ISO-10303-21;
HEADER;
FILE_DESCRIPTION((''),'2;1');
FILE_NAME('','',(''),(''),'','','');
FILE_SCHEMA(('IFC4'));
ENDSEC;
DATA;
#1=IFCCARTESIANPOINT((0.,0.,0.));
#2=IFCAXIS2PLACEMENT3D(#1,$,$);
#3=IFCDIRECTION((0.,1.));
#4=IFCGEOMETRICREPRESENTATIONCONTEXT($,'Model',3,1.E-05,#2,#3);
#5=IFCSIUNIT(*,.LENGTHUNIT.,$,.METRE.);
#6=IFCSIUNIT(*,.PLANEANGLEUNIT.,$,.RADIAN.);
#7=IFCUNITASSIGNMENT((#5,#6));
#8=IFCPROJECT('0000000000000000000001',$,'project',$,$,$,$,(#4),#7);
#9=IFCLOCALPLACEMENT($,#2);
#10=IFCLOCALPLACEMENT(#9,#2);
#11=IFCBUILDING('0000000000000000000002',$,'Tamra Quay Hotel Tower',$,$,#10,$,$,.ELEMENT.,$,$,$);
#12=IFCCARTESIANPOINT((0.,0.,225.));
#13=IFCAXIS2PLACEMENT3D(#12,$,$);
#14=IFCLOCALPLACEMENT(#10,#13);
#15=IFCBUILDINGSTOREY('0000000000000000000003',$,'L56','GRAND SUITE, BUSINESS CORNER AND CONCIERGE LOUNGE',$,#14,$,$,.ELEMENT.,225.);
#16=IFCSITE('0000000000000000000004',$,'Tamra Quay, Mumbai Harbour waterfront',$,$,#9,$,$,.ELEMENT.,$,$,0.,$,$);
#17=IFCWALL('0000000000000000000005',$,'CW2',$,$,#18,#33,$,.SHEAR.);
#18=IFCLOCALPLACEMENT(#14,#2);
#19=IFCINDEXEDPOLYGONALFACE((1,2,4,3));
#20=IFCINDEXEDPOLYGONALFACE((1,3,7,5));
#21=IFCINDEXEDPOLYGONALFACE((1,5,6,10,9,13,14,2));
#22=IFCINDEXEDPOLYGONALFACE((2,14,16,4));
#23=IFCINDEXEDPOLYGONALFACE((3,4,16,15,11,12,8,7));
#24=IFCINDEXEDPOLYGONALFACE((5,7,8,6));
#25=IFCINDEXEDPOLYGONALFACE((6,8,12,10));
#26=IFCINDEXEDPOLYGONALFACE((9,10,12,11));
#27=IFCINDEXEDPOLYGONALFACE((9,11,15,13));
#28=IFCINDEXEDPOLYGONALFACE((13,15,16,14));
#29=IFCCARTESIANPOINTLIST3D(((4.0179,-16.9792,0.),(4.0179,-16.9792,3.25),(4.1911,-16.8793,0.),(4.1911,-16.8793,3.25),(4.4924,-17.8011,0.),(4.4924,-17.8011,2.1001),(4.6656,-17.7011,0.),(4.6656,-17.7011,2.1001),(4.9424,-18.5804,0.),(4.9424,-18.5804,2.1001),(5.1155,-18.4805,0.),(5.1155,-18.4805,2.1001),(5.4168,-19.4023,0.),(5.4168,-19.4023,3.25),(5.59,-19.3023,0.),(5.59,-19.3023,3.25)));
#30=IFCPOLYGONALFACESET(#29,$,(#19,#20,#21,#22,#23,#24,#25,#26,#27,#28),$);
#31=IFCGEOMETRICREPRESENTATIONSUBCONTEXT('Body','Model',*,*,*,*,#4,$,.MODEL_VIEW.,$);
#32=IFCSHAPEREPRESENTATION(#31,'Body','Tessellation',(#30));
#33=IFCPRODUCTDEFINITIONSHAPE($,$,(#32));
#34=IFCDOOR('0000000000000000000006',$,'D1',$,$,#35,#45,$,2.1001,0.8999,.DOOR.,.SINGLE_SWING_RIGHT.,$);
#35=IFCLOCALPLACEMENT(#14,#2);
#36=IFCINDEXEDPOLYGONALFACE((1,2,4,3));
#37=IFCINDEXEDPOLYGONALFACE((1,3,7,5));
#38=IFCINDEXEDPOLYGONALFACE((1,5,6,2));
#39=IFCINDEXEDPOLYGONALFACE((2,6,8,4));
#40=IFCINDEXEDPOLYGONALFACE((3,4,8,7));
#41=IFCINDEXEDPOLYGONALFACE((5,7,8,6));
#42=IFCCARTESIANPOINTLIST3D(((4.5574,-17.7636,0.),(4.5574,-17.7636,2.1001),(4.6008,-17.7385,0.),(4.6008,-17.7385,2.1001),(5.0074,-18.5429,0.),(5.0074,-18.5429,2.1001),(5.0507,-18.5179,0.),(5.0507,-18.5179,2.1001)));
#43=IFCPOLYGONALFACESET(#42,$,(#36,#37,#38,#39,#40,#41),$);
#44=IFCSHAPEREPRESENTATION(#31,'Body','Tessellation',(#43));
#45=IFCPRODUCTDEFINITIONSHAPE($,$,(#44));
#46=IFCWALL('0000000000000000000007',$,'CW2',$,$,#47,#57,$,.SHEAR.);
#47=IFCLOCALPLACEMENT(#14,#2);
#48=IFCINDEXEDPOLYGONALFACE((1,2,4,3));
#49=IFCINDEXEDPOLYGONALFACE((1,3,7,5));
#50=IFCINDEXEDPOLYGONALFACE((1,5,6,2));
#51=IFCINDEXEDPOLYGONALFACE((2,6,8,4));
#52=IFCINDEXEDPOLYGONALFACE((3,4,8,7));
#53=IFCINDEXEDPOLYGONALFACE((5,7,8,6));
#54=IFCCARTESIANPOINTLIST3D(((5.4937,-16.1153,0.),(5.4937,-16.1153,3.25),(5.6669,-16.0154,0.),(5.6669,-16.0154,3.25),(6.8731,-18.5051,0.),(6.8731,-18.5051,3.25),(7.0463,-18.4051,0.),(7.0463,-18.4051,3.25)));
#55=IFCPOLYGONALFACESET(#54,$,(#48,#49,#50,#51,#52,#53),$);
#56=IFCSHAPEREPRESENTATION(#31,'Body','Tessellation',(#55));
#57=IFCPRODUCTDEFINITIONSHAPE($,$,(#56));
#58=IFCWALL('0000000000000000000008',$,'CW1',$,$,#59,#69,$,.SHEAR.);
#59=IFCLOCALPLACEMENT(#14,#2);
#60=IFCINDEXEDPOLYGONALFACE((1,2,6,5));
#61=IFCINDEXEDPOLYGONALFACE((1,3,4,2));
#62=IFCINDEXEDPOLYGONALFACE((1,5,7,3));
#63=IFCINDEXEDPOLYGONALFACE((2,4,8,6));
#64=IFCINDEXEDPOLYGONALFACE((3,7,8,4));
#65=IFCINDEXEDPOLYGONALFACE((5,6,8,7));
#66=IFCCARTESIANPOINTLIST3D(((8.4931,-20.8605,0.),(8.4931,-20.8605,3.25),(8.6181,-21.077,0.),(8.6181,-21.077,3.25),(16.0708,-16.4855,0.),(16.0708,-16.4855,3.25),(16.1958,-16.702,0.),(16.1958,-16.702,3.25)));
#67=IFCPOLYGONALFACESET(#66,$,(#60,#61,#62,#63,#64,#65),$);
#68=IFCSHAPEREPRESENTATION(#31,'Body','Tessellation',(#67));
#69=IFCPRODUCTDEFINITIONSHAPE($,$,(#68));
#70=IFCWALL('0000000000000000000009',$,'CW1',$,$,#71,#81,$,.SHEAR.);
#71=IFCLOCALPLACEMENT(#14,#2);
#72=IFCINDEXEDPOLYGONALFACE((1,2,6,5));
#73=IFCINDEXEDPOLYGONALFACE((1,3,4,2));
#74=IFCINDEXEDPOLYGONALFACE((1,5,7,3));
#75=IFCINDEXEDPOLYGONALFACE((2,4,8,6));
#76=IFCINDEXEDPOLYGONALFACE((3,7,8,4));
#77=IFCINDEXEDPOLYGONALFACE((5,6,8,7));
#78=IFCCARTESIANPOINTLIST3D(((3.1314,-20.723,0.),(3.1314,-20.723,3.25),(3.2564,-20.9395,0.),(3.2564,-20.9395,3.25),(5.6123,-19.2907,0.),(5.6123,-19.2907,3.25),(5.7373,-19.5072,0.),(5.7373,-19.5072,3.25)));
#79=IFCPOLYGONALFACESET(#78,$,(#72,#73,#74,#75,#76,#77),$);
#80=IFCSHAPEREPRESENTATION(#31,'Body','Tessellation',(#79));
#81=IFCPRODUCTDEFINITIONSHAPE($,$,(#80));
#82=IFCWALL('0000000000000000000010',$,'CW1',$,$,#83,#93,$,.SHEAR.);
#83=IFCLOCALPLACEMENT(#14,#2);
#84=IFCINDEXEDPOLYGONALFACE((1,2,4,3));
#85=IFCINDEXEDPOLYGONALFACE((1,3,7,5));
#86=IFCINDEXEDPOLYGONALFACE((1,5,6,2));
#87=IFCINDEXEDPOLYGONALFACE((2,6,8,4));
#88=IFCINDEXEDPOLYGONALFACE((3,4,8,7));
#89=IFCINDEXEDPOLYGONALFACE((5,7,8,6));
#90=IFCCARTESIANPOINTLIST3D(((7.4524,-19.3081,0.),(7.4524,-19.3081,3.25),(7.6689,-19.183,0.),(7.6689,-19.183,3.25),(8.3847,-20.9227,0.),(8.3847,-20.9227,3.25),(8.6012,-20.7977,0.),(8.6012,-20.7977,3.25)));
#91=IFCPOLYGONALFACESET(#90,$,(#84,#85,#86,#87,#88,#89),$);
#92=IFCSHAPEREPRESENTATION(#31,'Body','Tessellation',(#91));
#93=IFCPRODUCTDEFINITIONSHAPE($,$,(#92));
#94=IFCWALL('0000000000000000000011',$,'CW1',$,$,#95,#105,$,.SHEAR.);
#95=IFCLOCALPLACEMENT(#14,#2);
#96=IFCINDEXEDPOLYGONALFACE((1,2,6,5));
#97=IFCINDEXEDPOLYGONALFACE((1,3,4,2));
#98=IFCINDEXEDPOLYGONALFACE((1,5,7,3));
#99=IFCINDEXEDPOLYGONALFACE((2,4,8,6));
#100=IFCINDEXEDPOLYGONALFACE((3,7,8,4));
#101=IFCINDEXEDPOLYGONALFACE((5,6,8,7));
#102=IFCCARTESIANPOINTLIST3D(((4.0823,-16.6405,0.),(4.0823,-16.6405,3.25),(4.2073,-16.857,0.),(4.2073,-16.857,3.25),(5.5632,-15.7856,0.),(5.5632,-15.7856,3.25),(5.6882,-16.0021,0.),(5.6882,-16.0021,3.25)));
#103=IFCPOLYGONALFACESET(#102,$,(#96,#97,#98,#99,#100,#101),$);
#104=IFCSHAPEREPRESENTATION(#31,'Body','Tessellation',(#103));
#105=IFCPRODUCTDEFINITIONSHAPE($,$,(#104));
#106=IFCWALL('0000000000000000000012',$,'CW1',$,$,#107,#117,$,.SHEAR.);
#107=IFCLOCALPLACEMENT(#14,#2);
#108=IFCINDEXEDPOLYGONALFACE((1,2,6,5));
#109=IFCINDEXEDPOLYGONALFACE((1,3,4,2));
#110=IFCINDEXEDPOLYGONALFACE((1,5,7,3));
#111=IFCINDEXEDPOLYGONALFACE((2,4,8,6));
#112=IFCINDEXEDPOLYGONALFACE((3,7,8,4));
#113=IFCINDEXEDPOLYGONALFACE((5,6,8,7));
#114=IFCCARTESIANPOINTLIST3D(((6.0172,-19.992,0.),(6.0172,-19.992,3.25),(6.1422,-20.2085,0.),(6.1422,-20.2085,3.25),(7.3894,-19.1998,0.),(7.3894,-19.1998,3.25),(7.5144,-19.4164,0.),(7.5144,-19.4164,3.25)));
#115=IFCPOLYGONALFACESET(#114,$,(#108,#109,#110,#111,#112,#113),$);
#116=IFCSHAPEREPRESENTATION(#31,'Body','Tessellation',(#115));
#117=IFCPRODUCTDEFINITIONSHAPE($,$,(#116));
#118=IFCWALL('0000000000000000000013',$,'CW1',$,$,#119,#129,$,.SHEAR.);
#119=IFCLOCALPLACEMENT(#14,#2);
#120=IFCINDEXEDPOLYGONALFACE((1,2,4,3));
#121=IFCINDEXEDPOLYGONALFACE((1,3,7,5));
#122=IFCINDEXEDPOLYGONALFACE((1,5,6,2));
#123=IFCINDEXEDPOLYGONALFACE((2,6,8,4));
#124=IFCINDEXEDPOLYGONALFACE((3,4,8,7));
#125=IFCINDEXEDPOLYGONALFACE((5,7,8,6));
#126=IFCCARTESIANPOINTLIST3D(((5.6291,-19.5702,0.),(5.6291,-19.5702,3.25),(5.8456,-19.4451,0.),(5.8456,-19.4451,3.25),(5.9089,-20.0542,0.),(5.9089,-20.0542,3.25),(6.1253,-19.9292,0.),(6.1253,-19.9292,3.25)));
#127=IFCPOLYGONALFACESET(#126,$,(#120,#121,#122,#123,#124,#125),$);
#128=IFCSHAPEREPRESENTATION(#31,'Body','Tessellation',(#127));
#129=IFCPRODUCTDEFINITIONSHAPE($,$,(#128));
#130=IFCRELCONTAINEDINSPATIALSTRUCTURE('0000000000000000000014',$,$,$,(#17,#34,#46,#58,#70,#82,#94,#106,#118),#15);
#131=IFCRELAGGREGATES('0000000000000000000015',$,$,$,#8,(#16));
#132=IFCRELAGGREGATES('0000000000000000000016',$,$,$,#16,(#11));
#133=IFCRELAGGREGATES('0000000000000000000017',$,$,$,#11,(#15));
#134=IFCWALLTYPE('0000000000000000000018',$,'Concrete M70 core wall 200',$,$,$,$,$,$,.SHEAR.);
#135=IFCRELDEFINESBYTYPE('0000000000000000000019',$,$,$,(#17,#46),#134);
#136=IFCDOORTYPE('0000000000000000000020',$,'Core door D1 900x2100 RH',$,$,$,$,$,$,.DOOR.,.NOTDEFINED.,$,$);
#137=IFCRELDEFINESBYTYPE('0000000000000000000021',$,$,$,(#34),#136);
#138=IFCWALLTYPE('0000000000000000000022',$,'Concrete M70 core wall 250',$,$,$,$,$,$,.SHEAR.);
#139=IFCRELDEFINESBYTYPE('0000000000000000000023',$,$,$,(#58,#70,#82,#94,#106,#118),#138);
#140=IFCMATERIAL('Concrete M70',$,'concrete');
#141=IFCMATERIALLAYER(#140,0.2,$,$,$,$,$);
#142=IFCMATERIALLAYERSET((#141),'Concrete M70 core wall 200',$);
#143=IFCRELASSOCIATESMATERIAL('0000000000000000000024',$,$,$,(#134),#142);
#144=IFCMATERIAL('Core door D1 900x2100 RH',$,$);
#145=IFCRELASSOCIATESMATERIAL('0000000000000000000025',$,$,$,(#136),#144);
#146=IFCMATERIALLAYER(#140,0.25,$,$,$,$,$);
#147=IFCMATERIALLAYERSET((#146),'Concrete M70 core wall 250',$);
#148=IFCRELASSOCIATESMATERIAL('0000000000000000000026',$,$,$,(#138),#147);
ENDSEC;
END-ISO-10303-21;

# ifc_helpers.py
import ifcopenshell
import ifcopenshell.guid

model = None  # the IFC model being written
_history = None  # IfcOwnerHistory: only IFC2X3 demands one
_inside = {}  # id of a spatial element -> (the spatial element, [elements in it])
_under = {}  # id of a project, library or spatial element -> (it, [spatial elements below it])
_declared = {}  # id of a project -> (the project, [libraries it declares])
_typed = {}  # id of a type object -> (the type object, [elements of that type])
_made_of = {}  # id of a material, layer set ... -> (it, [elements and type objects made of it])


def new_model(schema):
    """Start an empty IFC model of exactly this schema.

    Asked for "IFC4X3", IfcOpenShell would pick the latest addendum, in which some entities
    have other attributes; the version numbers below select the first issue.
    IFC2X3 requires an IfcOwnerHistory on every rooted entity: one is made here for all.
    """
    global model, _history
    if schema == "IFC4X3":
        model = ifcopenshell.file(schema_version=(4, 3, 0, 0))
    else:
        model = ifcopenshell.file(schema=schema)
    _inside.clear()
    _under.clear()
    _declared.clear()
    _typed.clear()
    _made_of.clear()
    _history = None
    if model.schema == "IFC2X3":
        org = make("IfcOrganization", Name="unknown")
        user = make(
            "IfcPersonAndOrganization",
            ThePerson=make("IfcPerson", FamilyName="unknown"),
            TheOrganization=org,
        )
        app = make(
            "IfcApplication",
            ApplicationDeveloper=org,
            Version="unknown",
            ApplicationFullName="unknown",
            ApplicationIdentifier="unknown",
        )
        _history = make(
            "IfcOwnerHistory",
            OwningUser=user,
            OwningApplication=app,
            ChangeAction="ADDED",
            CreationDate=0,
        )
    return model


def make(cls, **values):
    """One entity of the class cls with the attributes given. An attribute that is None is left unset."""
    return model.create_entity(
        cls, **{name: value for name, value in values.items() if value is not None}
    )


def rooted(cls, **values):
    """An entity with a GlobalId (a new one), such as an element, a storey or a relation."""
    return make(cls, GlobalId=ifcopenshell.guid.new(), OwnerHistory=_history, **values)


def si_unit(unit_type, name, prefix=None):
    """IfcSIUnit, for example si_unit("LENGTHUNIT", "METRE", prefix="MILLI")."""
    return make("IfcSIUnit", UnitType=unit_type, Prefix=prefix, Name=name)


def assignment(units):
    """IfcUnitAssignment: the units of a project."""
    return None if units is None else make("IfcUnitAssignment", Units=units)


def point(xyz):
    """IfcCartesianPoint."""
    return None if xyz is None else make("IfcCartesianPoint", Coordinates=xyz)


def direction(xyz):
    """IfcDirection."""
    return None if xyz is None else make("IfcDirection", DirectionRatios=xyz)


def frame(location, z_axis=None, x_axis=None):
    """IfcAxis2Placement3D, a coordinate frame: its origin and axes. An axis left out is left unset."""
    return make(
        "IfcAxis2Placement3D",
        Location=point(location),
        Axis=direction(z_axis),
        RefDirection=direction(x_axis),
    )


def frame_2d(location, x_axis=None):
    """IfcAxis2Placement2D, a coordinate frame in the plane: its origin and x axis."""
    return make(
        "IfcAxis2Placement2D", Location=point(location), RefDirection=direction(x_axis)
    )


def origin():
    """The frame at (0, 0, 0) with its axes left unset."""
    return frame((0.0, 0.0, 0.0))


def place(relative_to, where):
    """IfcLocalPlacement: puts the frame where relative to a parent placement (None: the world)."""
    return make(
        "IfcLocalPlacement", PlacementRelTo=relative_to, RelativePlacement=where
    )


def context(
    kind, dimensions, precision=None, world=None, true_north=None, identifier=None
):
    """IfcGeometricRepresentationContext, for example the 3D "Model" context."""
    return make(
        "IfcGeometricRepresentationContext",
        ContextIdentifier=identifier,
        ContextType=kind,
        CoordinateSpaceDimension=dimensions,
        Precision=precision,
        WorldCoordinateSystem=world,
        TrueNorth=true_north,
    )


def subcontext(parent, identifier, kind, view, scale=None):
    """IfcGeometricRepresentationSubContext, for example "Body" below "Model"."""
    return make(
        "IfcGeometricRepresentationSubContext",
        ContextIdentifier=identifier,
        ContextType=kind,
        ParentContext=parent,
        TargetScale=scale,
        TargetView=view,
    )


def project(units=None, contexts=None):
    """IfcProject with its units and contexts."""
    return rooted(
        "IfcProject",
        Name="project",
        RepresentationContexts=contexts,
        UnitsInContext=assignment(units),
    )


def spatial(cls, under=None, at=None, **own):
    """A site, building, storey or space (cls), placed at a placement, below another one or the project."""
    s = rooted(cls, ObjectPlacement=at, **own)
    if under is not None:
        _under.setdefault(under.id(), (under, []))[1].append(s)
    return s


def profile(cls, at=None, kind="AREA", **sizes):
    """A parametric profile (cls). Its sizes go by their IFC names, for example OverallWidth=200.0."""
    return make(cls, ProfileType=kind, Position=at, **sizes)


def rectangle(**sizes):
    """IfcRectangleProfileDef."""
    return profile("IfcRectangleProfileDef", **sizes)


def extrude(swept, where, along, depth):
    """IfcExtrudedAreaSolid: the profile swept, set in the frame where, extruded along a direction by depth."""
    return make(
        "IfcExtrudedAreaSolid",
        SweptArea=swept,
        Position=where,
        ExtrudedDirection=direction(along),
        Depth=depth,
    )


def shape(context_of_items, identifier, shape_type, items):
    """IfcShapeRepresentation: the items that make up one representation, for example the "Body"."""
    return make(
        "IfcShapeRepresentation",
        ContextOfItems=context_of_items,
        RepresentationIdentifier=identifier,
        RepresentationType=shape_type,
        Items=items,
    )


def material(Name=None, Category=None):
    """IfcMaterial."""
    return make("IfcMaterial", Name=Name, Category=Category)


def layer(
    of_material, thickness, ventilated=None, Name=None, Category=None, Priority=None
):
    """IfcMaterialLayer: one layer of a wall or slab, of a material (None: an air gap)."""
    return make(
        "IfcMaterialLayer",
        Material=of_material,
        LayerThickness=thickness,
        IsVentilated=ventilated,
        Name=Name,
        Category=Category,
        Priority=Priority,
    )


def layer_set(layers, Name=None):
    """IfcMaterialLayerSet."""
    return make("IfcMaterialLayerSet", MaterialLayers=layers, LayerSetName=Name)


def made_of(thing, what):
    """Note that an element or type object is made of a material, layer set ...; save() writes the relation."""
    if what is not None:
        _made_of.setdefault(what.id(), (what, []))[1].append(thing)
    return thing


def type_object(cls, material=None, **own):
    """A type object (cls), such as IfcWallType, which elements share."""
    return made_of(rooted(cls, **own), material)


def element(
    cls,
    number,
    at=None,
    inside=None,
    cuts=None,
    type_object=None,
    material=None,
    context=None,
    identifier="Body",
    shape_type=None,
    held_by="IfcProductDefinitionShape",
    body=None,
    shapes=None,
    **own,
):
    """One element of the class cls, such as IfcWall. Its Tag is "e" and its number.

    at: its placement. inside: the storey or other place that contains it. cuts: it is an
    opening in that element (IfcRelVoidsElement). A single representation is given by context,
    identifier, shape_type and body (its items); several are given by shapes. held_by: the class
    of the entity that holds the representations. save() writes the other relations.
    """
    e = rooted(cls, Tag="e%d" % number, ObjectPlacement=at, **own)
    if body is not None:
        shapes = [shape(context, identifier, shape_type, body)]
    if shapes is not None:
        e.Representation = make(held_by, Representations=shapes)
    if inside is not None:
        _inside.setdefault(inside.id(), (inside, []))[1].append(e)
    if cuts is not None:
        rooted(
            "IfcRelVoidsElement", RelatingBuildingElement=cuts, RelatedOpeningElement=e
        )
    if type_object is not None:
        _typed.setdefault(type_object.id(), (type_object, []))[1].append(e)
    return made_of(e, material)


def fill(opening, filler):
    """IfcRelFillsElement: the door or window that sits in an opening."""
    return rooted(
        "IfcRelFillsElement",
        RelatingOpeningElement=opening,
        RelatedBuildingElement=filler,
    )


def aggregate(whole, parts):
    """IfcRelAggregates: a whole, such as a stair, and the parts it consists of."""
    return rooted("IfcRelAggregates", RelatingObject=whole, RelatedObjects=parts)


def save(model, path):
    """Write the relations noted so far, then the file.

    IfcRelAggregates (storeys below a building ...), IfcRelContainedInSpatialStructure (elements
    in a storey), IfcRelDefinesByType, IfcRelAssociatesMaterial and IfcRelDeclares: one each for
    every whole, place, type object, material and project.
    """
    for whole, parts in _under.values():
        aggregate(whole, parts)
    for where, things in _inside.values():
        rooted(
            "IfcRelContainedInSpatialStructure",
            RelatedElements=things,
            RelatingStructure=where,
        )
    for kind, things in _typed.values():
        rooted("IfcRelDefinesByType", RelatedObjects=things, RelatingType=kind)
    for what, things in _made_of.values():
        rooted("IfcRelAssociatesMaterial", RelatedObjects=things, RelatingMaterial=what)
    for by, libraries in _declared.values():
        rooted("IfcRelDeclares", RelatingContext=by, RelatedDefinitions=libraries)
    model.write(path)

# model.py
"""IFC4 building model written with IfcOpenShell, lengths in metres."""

from ifc_helpers import new_model, si_unit, direction, frame, frame_2d, origin, place, context, subcontext, project, spatial, rectangle, extrude, material, layer, layer_set, type_object, element, fill, save


model = new_model("IFC4")

# Units and contexts
model_context = context("Model", 3, precision=1e-05, world=origin(), true_north=direction((0.0, 1.0)))
body_context = subcontext(model_context, "Body", "Model", "MODEL_VIEW")
ifc_project = project(units=[si_unit("LENGTHUNIT", "METRE"), si_unit("PLANEANGLEUNIT", "RADIAN")], contexts=[model_context])

# Site, building, storey
site_placement = place(None, origin())
site = spatial("IfcSite", under=ifc_project, at=site_placement, Name="Tamra Quay, Mumbai Harbour waterfront", CompositionType="ELEMENT", RefElevation=0.0)
building_placement = place(site_placement, origin())
building = spatial("IfcBuilding", under=site, at=building_placement, Name="Tamra Quay Hotel Tower", CompositionType="ELEMENT")
storey_placement = place(building_placement, frame((0.0, 0.0, 225.0)))
storey = spatial("IfcBuildingStorey", under=building, at=storey_placement, Name="L56", Description="GRAND SUITE, BUSINESS CORNER AND CONCIERGE LOUNGE", CompositionType="ELEMENT", Elevation=225.0)

# Shared definitions
ifc_material_1 = material(Name="Concrete M70", Category="concrete")

# Shared definitions
ifc_layer_1 = layer(ifc_material_1, 0.2)
ifc_layer_set_1 = layer_set([ifc_layer_1], Name="Concrete M70 core wall 200")
wall_type_1 = type_object("IfcWallType", Name="Concrete M70 core wall 200", PredefinedType="SHEAR", material=ifc_layer_set_1)

# Wall, opening, door
wall_1_placement = place(storey_placement, frame((5.5034, -19.3523, 0.0), z_axis=(0.0, 0.0, 1.0), x_axis=(-0.499987, 0.866033, 0.0)))
wall_1 = element("IfcWall", 1, at=wall_1_placement, inside=storey, type_object=wall_type_1, Name="CW2", PredefinedType="SHEAR", context=body_context, shape_type="SweptSolid", body=[
    extrude(rectangle(XDim=2.7979, YDim=0.2, at=frame_2d((1.3989, 0.0))), origin(), (0.0, 0.0, 1.0), 3.25),
])
opening_1_placement = place(wall_1_placement, frame((0.949, 0.0, 0.0)))
opening_1 = element("IfcOpeningElement", 2, at=opening_1_placement, cuts=wall_1, PredefinedType="OPENING", context=body_context, shape_type="SweptSolid", body=[
    extrude(rectangle(XDim=0.8999, YDim=2.1001, at=frame_2d((0.45, 1.05))), frame((0.0, 0.1099, 0.0), z_axis=(0.0, -1.0, 0.0), x_axis=(1.0, 0.0, 0.0)), (0.0, 0.0, 1.0), 0.22),
])
ifc_material_2 = material(Name="Core door D1 900x2100 RH")
door_type_1 = type_object("IfcDoorType", Name="Core door D1 900x2100 RH", OperationType="NOTDEFINED", PredefinedType="DOOR", material=ifc_material_2)
door_1_placement = place(opening_1_placement, origin())
door_1 = element("IfcDoor", 3, at=door_1_placement, inside=storey, type_object=door_type_1, Name="D1", OperationType="SINGLE_SWING_RIGHT", OverallHeight=2.1001, OverallWidth=0.8999, PredefinedType="DOOR", context=body_context, shape_type="SweptSolid", body=[
    extrude(rectangle(XDim=0.8999, YDim=2.1001, at=frame_2d((0.45, 1.05))), frame((0.0, 0.0249, 0.0), z_axis=(0.0, -1.0, 0.0), x_axis=(1.0, 0.0, 0.0)), (0.0, 0.0, 1.0), 0.05),
])
fill(opening_1, door_1)

# Walls
wall_2_placement = place(storey_placement, frame((6.9597, -18.4551, 0.0), z_axis=(0.0, 0.0, 1.0), x_axis=(-0.499927, 0.866068, 0.0)))
element("IfcWall", 4, at=wall_2_placement, inside=storey, type_object=wall_type_1, Name="CW2", PredefinedType="SHEAR", context=body_context, shape_type="SweptSolid", body=[
    extrude(rectangle(XDim=2.7593, YDim=0.2, at=frame_2d((1.3796, 0.0))), origin(), (0.0, 0.0, 1.0), 3.25),
])
ifc_layer_2 = layer(ifc_material_1, 0.25)
ifc_layer_set_2 = layer_set([ifc_layer_2], Name="Concrete M70 core wall 250")
wall_type_2 = type_object("IfcWallType", Name="Concrete M70 core wall 250", PredefinedType="SHEAR", material=ifc_layer_set_2)
wall_3_placement = place(storey_placement, frame((16.1333, -16.5938, 0.0), z_axis=(0.0, 0.0, 1.0), x_axis=(-0.866023, -0.500004, 0.0)))
element("IfcWall", 5, at=wall_3_placement, inside=storey, type_object=wall_type_2, Name="CW1", PredefinedType="SHEAR", context=body_context, shape_type="SweptSolid", body=[
    extrude(rectangle(XDim=8.75, YDim=0.25, at=frame_2d((4.375, 0.0))), origin(), (0.0, 0.0, 1.0), 3.25),
])
wall_4_placement = place(storey_placement, frame((5.6748, -19.3989, 0.0), z_axis=(0.0, 0.0, 1.0), x_axis=(-0.866027, -0.499998, 0.0)))
element("IfcWall", 6, at=wall_4_placement, inside=storey, type_object=wall_type_2, Name="CW1", PredefinedType="SHEAR", context=body_context, shape_type="SweptSolid", body=[
    extrude(rectangle(XDim=2.8647, YDim=0.25, at=frame_2d((1.4324, 0.0))), origin(), (0.0, 0.0, 1.0), 3.25),
])
wall_5_placement = place(storey_placement, frame((8.4929, -20.8601, 0.0), z_axis=(0.0, 0.0, 1.0), x_axis=(-0.50004, 0.866002, 0.0)))
element("IfcWall", 7, at=wall_5_placement, inside=storey, type_object=wall_type_2, Name="CW1", PredefinedType="SHEAR", context=body_context, shape_type="SweptSolid", body=[
    extrude(rectangle(XDim=1.8645, YDim=0.25, at=frame_2d((0.9321, 0.0))), origin(), (0.0, 0.0, 1.0), 3.25),
])
wall_6_placement = place(storey_placement, frame((4.1448, -16.7488, 0.0), z_axis=(0.0, 0.0, 1.0), x_axis=(0.866038, 0.499978, 0.0)))
element("IfcWall", 8, at=wall_6_placement, inside=storey, type_object=wall_type_2, Name="CW1", PredefinedType="SHEAR", context=body_context, shape_type="SweptSolid", body=[
    extrude(rectangle(XDim=1.71, YDim=0.25, at=frame_2d((0.855, 0.0))), origin(), (0.0, 0.0, 1.0), 3.25),
])
wall_7_placement = place(storey_placement, frame((7.4519, -19.3081, 0.0), z_axis=(0.0, 0.0, 1.0), x_axis=(-0.866044, -0.499967, 0.0)))
element("IfcWall", 9, at=wall_7_placement, inside=storey, type_object=wall_type_2, Name="CW1", PredefinedType="SHEAR", context=body_context, shape_type="SweptSolid", body=[
    extrude(rectangle(XDim=1.5845, YDim=0.25, at=frame_2d((0.7922, 0.0))), origin(), (0.0, 0.0, 1.0), 3.25),
])
wall_8_placement = place(storey_placement, frame((6.0171, -19.9917, 0.0), z_axis=(0.0, 0.0, 1.0), x_axis=(-0.500365, 0.865815, 0.0)))
element("IfcWall", 10, at=wall_8_placement, inside=storey, type_object=wall_type_2, Name="CW1", PredefinedType="SHEAR", context=body_context, shape_type="SweptSolid", body=[
    extrude(rectangle(XDim=0.5591, YDim=0.25, at=frame_2d((0.2795, 0.0))), origin(), (0.0, 0.0, 1.0), 3.25),
])

save(model, "model.ifc")
